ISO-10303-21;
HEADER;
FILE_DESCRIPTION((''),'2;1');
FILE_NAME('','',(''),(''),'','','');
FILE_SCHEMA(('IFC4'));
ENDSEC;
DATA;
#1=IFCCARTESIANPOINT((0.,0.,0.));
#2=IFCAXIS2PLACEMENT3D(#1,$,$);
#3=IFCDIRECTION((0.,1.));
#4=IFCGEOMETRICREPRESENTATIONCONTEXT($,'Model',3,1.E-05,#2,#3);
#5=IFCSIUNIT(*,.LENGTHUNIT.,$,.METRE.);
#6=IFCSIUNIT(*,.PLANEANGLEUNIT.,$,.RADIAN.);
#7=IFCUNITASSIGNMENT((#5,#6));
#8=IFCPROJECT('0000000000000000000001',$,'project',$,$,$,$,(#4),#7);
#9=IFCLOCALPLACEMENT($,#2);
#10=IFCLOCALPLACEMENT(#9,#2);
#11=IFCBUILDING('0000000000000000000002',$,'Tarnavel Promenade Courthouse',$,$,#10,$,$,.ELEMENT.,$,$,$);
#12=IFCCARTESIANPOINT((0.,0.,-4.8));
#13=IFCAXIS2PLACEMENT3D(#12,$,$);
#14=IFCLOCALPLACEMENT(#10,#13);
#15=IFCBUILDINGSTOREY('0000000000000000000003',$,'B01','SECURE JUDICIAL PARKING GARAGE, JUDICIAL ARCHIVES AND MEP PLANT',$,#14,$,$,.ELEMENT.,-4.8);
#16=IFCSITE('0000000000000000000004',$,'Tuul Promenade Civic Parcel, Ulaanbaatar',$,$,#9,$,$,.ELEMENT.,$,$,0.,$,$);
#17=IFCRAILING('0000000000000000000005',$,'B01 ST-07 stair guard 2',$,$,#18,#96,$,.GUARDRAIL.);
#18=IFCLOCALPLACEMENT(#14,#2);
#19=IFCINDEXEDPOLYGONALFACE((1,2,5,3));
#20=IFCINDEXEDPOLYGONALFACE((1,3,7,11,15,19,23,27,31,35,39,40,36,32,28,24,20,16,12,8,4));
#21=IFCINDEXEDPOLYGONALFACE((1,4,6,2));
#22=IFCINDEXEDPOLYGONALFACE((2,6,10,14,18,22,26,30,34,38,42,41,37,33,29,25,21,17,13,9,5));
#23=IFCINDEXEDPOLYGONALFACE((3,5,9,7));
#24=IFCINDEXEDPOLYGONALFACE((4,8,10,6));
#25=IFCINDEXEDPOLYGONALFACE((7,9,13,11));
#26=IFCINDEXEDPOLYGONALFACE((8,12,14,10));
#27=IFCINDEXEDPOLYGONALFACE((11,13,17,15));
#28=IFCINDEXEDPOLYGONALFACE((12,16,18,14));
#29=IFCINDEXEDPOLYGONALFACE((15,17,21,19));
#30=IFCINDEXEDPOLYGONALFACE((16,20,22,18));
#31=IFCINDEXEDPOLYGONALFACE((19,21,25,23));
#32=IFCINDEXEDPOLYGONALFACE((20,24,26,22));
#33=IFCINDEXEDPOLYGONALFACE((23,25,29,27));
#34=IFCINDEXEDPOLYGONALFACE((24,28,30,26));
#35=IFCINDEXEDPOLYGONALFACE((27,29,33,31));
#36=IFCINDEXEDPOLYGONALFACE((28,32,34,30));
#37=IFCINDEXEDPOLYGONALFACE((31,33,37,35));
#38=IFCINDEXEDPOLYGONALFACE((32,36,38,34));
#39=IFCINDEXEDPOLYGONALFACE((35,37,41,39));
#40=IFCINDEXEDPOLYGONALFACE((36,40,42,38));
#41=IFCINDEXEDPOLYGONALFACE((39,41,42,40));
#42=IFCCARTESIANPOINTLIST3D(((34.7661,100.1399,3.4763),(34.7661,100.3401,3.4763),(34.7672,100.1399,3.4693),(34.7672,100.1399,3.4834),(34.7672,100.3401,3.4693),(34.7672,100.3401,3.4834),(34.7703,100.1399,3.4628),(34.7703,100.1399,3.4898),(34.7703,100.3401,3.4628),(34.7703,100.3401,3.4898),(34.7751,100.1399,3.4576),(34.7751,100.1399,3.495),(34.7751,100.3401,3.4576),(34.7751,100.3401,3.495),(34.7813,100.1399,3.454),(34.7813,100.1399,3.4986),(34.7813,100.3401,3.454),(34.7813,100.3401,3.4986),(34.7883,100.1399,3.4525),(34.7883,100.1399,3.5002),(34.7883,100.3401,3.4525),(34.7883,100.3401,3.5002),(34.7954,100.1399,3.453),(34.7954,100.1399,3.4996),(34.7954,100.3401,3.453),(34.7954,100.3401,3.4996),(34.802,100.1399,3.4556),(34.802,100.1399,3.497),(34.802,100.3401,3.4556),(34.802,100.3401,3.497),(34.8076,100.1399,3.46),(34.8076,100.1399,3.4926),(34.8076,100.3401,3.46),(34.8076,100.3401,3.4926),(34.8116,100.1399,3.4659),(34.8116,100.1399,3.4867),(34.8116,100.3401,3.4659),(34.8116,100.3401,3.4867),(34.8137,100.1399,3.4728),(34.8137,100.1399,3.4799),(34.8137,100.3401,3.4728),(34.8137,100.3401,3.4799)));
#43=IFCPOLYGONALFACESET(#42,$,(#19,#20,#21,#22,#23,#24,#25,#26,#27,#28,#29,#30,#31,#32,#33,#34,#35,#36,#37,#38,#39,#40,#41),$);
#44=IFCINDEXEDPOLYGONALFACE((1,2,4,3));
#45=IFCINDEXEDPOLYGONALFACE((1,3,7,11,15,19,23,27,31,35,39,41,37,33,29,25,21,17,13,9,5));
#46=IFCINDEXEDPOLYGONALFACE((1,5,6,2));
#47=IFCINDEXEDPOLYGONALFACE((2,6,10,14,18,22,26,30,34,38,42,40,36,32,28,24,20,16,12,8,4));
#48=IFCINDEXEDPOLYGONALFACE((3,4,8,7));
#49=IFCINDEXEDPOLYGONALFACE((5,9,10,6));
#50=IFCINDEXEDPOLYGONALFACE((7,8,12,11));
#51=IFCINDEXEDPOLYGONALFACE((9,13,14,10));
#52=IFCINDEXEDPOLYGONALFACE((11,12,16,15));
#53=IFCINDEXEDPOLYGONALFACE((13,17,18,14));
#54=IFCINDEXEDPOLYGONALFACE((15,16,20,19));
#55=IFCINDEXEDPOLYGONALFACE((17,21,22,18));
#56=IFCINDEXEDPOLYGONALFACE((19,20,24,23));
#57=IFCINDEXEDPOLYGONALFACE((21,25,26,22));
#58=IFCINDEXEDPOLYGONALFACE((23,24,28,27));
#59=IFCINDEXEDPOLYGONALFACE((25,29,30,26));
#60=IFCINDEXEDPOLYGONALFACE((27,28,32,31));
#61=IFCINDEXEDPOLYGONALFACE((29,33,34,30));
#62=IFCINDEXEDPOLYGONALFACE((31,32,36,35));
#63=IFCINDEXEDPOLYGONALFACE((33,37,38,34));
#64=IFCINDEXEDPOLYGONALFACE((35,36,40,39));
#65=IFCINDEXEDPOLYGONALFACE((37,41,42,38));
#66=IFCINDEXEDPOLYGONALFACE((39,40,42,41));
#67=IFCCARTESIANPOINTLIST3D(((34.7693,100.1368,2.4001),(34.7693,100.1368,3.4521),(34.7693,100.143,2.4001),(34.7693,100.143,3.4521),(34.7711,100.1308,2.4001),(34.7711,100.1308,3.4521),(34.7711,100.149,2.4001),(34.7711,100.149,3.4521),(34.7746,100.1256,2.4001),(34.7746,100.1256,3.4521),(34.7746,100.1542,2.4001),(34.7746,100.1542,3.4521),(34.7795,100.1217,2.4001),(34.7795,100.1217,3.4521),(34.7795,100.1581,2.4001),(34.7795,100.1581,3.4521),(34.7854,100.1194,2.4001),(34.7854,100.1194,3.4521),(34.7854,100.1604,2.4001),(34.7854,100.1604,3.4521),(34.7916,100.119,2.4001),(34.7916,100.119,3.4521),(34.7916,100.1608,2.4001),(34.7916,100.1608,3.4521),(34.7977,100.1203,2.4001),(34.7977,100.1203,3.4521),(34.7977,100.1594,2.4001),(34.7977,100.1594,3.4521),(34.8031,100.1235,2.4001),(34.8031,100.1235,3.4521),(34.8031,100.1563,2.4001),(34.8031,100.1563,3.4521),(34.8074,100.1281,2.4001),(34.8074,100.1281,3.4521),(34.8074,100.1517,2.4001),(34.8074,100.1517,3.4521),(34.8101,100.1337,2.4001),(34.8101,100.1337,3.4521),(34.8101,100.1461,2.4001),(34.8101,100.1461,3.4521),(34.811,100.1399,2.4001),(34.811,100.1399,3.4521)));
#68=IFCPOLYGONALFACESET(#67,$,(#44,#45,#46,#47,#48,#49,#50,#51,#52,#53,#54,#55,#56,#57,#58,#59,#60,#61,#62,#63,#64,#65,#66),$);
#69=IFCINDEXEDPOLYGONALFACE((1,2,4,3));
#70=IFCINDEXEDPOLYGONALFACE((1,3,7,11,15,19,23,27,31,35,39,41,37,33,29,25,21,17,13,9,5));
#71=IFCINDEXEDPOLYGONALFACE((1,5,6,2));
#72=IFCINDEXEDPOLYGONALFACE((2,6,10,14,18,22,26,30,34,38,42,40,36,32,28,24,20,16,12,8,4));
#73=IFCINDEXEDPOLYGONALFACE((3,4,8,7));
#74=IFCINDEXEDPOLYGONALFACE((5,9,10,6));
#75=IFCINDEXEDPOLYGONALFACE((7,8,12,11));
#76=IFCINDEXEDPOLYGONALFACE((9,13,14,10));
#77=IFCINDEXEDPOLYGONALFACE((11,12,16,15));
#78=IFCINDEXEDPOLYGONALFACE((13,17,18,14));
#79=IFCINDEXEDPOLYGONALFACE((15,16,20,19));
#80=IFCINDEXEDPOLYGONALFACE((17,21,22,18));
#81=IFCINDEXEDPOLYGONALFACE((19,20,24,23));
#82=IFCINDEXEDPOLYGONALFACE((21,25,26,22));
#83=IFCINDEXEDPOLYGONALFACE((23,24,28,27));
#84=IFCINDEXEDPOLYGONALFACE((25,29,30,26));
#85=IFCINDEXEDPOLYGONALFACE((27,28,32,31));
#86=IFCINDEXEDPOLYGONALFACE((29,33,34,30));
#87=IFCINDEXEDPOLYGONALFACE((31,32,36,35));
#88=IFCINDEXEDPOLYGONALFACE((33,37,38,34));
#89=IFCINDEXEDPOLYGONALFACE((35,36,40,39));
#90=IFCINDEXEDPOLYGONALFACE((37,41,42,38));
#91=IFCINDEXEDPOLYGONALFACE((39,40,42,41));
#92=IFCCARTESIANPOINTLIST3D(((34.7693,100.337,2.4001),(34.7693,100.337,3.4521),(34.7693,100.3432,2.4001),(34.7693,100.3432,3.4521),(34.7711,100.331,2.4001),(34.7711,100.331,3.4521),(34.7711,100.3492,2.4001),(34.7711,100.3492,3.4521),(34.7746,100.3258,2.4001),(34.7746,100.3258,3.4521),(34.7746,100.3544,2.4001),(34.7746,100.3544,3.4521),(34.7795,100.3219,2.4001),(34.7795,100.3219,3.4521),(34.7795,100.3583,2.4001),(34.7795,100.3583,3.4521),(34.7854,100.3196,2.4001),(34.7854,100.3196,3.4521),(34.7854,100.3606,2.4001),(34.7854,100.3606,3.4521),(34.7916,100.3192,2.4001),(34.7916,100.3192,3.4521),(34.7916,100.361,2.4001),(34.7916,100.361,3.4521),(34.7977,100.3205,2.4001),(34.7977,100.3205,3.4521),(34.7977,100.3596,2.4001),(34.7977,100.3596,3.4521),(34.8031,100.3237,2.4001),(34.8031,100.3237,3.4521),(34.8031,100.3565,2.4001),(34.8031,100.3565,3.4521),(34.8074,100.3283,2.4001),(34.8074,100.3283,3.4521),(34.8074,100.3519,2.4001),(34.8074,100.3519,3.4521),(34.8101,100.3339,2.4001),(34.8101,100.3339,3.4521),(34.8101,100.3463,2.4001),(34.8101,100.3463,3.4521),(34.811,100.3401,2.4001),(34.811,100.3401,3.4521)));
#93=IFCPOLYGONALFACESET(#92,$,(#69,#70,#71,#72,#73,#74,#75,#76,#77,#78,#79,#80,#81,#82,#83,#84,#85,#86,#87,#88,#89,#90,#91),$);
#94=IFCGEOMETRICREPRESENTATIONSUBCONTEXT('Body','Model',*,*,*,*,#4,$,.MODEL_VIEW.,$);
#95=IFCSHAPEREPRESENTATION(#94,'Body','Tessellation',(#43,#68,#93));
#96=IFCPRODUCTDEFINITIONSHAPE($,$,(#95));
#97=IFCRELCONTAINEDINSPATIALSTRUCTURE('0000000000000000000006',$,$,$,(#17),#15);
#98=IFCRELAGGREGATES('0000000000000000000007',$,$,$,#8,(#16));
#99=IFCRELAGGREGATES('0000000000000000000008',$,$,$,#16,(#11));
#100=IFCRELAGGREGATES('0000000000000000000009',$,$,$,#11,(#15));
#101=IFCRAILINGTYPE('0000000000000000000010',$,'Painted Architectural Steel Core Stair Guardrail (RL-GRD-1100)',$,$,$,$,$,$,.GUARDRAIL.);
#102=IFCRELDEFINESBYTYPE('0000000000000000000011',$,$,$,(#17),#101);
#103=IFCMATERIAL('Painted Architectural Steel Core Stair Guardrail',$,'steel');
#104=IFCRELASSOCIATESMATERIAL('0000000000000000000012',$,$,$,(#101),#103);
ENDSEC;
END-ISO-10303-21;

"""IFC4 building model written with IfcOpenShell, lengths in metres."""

from ifc_helpers import new_model, si_unit, direction, frame, origin, origin_2d, place, context, subcontext, project, spatial, circle, extrude, material, type_object, element, save


model = new_model("IFC4")

# Units and contexts
model_context = context("Model", 3, precision=1e-05, world=origin(), true_north=direction((0.0, 1.0)))
body_context = subcontext(model_context, "Body", "Model", "MODEL_VIEW")
ifc_project = project(units=[si_unit("LENGTHUNIT", "METRE"), si_unit("PLANEANGLEUNIT", "RADIAN")], contexts=[model_context])

# Site, building, storey
site_placement = place(None, origin())
site = spatial("IfcSite", under=ifc_project, at=site_placement, Name="Tuul Promenade Civic Parcel, Ulaanbaatar", CompositionType="ELEMENT", RefElevation=0.0)
building_placement = place(site_placement, origin())
building = spatial("IfcBuilding", under=site, at=building_placement, Name="Tarnavel Promenade Courthouse", CompositionType="ELEMENT")
storey_placement = place(building_placement, frame((0.0, 0.0, -4.8)))
storey = spatial("IfcBuildingStorey", under=building, at=storey_placement, Name="B01", Description="SECURE JUDICIAL PARKING GARAGE, JUDICIAL ARCHIVES AND MEP PLANT", CompositionType="ELEMENT", Elevation=-4.8)

# Railing
ifc_material_1 = material(Name="Painted Architectural Steel Core Stair Guardrail", Category="steel")
railing_type_1 = type_object("IfcRailingType", Name="Painted Architectural Steel Core Stair Guardrail (RL-GRD-1100)", PredefinedType="GUARDRAIL", material=ifc_material_1)
railing_1_placement = place(storey_placement, frame((34.79, 100.1399, 2.4001)))
element("IfcRailing", 1, at=railing_1_placement, inside=storey, type_object=railing_type_1, Name="B01 ST-07 stair guard 2", PredefinedType="GUARDRAIL", context=body_context, shape_type="SweptSolid", body=[
    extrude(circle(Radius=0.0239, at=origin_2d()), frame((0.0, 0.0, 1.0762), z_axis=(0.0, 1.0, 0.0), x_axis=(-1.0, 0.0, 0.0)), (0.0, 0.0, 1.0), 0.2002),
    extrude(circle(Radius=0.021, at=origin_2d()), origin(), (0.0, 0.0, 1.0), 1.052),
    extrude(circle(Radius=0.021, at=origin_2d()), frame((0.0, 0.2002, 0.0)), (0.0, 0.0, 1.0), 1.052),
])

save(model, "model.ifc")
